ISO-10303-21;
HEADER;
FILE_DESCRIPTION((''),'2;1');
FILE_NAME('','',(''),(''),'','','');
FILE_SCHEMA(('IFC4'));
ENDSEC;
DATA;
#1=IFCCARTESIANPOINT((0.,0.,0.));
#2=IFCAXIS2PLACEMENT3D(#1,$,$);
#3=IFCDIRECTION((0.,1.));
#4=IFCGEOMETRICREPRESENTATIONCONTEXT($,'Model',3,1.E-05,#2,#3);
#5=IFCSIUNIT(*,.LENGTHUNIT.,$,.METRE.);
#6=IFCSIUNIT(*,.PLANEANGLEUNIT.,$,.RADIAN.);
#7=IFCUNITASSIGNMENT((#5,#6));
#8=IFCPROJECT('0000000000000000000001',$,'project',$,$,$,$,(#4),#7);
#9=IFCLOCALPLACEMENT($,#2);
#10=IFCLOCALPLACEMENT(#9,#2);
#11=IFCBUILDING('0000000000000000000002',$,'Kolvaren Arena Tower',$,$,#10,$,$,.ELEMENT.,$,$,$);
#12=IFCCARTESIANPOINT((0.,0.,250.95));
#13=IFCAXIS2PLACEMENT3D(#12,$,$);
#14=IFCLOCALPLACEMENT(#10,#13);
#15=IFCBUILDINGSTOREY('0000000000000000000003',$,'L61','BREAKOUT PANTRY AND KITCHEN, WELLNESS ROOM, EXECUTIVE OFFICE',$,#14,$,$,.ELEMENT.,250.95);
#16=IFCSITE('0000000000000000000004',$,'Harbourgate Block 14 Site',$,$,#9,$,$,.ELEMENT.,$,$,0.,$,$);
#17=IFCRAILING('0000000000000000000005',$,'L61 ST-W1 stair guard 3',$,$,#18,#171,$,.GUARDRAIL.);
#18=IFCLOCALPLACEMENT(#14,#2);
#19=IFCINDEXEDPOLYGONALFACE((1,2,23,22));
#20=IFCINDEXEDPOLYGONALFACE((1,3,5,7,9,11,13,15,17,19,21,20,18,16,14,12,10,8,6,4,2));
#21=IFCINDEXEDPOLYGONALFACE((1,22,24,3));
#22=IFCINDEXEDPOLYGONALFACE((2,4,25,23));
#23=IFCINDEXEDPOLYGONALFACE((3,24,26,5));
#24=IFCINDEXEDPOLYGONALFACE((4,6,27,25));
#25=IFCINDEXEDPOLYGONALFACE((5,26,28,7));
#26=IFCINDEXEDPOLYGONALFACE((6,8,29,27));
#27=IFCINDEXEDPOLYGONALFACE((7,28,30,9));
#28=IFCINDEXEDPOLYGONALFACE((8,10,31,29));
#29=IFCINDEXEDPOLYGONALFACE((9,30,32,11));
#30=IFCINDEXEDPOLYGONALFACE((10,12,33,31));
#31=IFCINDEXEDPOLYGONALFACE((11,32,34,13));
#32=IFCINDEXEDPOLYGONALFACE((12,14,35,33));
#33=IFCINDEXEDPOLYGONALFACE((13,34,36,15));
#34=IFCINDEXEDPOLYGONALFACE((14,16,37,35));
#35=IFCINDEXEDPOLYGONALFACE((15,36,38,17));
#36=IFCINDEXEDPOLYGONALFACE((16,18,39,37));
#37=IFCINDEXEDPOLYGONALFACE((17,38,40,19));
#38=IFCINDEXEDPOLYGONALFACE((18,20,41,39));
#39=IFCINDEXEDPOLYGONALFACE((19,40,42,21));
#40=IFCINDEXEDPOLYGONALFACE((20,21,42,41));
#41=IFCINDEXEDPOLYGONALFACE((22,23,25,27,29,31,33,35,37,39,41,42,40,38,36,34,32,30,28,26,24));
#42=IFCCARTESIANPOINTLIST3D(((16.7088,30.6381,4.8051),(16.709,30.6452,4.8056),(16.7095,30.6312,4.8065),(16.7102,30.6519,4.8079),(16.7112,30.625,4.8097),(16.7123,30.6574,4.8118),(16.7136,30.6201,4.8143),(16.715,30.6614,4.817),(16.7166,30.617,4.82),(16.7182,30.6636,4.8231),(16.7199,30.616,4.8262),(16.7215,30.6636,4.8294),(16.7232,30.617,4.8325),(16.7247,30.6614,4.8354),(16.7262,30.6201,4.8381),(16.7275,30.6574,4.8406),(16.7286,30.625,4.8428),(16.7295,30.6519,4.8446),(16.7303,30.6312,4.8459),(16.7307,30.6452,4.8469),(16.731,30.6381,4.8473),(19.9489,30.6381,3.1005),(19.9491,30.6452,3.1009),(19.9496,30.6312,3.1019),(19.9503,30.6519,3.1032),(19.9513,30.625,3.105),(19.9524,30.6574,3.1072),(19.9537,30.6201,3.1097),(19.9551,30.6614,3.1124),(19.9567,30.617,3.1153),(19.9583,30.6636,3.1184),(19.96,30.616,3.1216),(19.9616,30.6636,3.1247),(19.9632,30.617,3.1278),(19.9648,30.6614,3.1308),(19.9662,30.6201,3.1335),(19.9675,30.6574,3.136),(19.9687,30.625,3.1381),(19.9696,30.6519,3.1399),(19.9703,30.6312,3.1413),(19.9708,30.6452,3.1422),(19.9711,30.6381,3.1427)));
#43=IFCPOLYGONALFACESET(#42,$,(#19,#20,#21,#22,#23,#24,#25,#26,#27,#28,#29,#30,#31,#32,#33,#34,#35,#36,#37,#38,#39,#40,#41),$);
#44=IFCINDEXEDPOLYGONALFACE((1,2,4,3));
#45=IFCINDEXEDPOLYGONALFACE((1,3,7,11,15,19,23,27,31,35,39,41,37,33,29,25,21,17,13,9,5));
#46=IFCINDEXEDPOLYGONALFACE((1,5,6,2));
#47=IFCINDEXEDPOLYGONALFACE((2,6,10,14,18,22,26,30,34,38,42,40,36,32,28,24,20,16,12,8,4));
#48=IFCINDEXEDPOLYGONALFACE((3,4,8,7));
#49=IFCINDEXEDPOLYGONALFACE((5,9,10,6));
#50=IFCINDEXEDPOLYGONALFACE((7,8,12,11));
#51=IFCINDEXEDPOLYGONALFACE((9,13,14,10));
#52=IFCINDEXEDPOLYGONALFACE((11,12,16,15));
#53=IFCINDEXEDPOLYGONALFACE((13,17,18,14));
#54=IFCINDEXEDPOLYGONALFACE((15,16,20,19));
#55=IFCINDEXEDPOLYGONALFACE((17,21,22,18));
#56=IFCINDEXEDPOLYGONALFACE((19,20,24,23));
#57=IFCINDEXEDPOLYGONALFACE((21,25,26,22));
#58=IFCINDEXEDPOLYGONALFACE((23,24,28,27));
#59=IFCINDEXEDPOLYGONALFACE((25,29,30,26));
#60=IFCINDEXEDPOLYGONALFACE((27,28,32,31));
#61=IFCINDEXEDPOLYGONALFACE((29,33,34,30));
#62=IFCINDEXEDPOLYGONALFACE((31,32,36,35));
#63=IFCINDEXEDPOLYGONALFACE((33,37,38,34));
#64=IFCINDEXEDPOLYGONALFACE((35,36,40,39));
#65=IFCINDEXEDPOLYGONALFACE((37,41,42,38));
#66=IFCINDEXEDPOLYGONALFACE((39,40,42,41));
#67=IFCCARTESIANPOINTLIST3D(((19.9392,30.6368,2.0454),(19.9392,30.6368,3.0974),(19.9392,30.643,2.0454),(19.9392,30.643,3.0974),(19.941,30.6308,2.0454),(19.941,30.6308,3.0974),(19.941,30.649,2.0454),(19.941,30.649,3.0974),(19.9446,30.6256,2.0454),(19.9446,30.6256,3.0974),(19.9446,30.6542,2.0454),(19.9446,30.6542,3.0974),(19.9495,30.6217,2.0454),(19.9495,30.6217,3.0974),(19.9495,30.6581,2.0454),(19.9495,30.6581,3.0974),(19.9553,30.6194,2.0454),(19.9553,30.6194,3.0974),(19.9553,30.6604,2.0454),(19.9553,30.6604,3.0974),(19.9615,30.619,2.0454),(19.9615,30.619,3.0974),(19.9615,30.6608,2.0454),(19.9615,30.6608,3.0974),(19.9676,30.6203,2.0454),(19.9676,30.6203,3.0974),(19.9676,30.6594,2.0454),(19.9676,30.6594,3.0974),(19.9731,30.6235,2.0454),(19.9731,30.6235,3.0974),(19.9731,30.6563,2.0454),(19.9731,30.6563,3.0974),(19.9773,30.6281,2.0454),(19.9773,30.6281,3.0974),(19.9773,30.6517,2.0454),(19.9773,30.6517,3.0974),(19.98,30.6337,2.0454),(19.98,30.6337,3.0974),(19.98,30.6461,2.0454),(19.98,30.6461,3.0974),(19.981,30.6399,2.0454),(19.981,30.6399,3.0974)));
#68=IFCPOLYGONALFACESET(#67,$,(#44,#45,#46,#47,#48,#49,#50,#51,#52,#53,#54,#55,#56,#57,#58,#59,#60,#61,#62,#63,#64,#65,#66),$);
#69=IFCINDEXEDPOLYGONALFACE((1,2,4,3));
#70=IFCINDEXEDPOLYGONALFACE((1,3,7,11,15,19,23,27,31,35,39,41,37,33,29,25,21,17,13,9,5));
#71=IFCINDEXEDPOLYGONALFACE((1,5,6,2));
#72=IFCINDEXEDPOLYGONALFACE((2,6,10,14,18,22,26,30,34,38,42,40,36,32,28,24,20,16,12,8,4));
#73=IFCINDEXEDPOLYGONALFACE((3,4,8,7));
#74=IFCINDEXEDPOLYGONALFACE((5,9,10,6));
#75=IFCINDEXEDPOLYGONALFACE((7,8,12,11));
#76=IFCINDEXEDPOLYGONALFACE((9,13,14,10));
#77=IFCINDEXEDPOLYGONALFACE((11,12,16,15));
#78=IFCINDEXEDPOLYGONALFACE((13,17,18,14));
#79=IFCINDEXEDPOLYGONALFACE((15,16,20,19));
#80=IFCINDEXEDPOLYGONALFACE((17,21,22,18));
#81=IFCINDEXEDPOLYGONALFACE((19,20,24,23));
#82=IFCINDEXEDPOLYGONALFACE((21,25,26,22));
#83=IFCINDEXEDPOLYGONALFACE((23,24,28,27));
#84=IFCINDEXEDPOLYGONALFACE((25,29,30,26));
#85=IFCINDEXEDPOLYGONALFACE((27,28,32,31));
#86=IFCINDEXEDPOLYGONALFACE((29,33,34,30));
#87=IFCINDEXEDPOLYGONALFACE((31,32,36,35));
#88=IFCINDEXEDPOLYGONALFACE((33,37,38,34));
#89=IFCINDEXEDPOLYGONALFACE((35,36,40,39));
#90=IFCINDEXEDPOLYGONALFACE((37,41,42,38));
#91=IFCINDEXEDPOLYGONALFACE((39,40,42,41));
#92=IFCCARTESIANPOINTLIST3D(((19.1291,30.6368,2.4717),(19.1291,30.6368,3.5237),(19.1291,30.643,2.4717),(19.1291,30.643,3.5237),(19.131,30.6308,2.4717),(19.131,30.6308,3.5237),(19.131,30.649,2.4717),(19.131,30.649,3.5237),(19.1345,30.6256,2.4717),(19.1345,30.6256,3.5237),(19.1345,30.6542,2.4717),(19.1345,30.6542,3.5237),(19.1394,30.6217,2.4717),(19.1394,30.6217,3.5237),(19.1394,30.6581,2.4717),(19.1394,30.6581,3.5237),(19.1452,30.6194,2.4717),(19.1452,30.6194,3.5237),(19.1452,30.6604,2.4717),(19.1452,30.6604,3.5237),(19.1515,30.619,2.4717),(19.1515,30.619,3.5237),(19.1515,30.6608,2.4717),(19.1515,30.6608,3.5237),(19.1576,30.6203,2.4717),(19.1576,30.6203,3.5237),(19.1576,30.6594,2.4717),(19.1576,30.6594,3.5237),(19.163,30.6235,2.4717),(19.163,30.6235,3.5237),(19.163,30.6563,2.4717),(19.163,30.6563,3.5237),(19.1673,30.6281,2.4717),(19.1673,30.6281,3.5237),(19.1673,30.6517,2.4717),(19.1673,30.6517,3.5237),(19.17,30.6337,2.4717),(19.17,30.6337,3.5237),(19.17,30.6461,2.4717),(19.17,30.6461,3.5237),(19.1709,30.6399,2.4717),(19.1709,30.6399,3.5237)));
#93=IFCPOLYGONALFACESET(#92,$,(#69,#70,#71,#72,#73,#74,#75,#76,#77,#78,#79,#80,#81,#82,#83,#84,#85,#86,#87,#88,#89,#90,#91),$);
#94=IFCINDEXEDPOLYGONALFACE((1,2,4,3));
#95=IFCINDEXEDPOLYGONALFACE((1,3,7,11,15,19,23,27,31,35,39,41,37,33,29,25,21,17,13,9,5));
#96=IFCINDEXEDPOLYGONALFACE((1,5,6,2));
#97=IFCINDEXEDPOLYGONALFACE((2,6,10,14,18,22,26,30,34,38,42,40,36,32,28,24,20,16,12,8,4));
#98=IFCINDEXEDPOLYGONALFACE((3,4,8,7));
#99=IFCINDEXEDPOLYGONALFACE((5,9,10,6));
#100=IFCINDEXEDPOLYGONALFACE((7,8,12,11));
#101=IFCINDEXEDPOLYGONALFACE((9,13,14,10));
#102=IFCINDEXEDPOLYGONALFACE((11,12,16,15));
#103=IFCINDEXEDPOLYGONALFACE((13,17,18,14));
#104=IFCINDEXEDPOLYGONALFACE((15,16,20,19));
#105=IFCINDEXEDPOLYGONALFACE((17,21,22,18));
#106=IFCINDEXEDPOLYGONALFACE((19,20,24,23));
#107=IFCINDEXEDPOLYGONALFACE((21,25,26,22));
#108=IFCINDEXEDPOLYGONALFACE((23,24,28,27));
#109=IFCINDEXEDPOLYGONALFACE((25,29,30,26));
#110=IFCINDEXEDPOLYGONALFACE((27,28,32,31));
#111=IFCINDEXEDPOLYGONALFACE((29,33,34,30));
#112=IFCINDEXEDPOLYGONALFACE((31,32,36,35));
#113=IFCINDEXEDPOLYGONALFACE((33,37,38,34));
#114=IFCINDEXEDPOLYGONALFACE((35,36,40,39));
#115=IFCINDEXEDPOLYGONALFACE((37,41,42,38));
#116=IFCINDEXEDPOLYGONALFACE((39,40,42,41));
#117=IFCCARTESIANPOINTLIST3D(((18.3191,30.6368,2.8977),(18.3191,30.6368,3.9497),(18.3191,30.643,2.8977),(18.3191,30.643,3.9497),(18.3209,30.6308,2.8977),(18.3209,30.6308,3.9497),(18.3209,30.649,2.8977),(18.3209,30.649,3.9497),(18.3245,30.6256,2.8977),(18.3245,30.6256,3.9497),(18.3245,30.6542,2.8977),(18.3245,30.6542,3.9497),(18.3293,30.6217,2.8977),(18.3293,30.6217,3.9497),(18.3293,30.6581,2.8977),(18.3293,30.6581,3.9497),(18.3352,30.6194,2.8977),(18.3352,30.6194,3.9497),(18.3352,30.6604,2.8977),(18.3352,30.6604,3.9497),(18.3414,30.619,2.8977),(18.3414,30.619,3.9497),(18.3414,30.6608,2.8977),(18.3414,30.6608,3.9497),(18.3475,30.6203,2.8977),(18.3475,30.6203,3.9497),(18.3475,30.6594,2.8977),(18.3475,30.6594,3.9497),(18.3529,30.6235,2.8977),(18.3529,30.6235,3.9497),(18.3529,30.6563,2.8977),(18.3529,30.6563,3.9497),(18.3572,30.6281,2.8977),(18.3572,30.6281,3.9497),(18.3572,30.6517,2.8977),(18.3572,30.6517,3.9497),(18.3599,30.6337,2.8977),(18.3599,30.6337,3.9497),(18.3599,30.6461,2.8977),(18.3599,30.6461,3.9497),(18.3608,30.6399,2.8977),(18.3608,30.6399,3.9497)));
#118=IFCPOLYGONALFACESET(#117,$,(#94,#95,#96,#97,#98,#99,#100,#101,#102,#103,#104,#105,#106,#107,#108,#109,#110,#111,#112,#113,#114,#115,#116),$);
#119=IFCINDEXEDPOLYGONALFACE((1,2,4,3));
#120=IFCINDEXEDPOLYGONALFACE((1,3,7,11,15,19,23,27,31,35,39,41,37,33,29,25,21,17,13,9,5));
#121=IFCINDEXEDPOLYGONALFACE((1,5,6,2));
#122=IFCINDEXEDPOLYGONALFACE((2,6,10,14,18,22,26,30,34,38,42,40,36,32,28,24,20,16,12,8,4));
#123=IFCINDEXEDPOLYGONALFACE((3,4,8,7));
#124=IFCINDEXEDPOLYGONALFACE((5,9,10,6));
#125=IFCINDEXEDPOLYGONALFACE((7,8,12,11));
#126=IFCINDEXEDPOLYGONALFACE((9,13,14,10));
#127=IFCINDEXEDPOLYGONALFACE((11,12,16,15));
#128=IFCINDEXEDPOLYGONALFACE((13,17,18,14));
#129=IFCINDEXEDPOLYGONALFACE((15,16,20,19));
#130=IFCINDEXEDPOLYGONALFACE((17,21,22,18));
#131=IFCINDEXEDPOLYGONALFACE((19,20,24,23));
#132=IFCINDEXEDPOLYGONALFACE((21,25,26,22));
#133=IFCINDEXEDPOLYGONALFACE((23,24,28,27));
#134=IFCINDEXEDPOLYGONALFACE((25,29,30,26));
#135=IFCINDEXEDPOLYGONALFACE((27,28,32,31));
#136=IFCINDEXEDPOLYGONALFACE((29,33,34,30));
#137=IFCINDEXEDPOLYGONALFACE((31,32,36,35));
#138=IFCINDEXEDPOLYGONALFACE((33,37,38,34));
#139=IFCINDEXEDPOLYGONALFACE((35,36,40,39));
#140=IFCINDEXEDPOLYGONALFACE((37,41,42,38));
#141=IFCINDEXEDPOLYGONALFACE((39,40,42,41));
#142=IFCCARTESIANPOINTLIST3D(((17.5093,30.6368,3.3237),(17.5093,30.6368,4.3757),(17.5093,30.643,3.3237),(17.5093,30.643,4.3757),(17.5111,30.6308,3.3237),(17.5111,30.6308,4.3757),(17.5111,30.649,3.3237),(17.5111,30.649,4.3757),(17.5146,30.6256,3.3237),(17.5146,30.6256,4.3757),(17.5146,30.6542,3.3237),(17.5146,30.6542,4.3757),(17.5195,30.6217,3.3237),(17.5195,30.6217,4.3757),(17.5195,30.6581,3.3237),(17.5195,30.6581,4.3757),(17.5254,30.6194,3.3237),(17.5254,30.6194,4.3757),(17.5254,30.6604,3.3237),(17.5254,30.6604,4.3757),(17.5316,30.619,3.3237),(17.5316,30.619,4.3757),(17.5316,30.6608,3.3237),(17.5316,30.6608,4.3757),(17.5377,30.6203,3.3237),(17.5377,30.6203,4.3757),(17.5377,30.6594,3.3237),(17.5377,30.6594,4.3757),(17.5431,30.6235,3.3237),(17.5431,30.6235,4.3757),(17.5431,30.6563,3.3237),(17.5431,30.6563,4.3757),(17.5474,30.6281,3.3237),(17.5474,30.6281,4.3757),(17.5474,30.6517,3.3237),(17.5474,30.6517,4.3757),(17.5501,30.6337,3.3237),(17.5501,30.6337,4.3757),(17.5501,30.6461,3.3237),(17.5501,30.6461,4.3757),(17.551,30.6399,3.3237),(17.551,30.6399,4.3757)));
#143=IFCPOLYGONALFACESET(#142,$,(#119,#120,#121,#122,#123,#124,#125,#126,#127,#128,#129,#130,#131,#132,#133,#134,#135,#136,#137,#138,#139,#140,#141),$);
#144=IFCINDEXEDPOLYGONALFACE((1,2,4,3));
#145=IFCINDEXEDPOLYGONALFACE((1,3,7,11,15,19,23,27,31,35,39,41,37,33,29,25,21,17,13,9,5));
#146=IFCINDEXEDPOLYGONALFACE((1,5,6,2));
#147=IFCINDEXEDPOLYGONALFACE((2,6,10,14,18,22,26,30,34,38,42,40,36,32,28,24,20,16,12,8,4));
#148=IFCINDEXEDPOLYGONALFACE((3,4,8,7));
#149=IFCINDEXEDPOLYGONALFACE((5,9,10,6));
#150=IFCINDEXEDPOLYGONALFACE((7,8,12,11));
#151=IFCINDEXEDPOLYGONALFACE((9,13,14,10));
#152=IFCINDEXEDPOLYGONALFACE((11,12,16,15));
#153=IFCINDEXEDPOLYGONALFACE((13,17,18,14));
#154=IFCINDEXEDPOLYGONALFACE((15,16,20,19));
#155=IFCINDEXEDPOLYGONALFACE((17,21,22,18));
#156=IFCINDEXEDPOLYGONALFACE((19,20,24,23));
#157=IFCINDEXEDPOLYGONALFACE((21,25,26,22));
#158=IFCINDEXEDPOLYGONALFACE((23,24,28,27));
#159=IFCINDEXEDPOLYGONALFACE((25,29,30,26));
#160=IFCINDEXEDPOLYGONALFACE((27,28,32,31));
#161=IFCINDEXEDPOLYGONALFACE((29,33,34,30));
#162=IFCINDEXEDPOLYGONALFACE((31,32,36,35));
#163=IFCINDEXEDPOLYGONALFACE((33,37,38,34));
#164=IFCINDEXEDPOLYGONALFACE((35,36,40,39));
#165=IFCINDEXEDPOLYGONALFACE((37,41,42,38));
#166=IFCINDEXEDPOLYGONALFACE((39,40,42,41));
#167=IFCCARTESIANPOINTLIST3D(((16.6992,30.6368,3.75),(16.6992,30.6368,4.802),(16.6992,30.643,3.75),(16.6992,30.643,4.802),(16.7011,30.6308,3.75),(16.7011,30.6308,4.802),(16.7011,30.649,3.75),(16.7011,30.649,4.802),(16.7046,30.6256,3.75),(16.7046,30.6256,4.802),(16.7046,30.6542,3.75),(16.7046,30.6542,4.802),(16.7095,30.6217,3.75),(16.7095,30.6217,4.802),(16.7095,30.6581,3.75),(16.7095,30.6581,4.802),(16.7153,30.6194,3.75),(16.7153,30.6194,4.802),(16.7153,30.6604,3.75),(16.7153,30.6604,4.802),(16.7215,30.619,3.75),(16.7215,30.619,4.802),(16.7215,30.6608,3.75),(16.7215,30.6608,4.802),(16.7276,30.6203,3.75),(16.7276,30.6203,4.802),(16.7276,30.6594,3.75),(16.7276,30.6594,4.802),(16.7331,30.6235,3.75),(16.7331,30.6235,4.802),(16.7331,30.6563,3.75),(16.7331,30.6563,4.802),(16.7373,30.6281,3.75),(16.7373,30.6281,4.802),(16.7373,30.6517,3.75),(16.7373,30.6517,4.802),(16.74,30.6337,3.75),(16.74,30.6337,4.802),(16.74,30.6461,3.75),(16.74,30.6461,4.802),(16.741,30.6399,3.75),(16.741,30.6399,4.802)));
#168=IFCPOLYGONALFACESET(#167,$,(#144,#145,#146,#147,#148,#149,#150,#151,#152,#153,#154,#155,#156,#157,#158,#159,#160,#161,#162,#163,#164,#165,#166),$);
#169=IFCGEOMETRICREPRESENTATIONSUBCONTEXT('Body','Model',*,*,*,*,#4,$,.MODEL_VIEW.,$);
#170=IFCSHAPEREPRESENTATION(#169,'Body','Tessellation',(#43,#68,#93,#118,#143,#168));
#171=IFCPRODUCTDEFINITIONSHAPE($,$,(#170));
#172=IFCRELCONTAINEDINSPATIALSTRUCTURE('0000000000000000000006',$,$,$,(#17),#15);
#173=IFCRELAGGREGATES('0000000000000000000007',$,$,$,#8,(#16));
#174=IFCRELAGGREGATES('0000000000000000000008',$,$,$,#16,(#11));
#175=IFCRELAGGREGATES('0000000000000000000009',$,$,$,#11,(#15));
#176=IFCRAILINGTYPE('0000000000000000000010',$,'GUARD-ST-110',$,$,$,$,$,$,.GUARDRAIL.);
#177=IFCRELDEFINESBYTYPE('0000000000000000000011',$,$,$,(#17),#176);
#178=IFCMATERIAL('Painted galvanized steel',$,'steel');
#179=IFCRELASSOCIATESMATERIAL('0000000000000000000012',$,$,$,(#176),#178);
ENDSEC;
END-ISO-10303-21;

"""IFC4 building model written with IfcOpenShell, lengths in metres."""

from ifc_helpers import new_model, si_unit, direction, frame, origin, origin_2d, place, context, subcontext, project, spatial, circle, extrude, material, type_object, element, save


model = new_model("IFC4")

# Units and contexts
model_context = context("Model", 3, precision=1e-05, world=origin(), true_north=direction((0.0, 1.0)))
body_context = subcontext(model_context, "Body", "Model", "MODEL_VIEW")
ifc_project = project(units=[si_unit("LENGTHUNIT", "METRE"), si_unit("PLANEANGLEUNIT", "RADIAN")], contexts=[model_context])

# Site, building, storey
site_placement = place(None, origin())
site = spatial("IfcSite", under=ifc_project, at=site_placement, Name="Harbourgate Block 14 Site", CompositionType="ELEMENT", RefElevation=0.0)
building_placement = place(site_placement, origin())
building = spatial("IfcBuilding", under=site, at=building_placement, Name="Kolvaren Arena Tower", CompositionType="ELEMENT")
storey_placement = place(building_placement, frame((0.0, 0.0, 250.95)))
storey = spatial("IfcBuildingStorey", under=building, at=storey_placement, Name="L61", Description="BREAKOUT PANTRY AND KITCHEN, WELLNESS ROOM, EXECUTIVE OFFICE", CompositionType="ELEMENT", Elevation=250.95)

# Railing
ifc_material_1 = material(Name="Painted galvanized steel", Category="steel")
railing_type_1 = type_object("IfcRailingType", Name="GUARD-ST-110", PredefinedType="GUARDRAIL", material=ifc_material_1)
railing_1_placement = place(storey_placement, frame((19.96, 30.6399, 2.0454)))
element("IfcRailing", 1, at=railing_1_placement, inside=storey, type_object=railing_type_1, Name="L61 ST-W1 stair guard 3", PredefinedType="GUARDRAIL", context=body_context, shape_type="SweptSolid", body=[
    extrude(circle(Radius=0.0239, at=origin_2d()), frame((0.0, 0.0, 1.0762), z_axis=(-0.884993, 0.0, 0.465604), x_axis=(0.0, -1.0, 0.0)), (0.0, 0.0, 1.0), 3.6611),
    extrude(circle(Radius=0.021, at=origin_2d()), origin(), (0.0, 0.0, 1.0), 1.052),
    extrude(circle(Radius=0.021, at=origin_2d()), frame((-0.8101, 0.0, 0.4263)), (0.0, 0.0, 1.0), 1.052),
    extrude(circle(Radius=0.021, at=origin_2d()), frame((-1.6201, 0.0, 0.8523)), (0.0, 0.0, 1.0), 1.052),
    extrude(circle(Radius=0.021, at=origin_2d()), frame((-2.4299, 0.0, 1.2783)), (0.0, 0.0, 1.0), 1.052),
    extrude(circle(Radius=0.021, at=origin_2d()), frame((-3.24, 0.0, 1.7046)), (0.0, 0.0, 1.0), 1.052),
])

save(model, "model.ifc")
